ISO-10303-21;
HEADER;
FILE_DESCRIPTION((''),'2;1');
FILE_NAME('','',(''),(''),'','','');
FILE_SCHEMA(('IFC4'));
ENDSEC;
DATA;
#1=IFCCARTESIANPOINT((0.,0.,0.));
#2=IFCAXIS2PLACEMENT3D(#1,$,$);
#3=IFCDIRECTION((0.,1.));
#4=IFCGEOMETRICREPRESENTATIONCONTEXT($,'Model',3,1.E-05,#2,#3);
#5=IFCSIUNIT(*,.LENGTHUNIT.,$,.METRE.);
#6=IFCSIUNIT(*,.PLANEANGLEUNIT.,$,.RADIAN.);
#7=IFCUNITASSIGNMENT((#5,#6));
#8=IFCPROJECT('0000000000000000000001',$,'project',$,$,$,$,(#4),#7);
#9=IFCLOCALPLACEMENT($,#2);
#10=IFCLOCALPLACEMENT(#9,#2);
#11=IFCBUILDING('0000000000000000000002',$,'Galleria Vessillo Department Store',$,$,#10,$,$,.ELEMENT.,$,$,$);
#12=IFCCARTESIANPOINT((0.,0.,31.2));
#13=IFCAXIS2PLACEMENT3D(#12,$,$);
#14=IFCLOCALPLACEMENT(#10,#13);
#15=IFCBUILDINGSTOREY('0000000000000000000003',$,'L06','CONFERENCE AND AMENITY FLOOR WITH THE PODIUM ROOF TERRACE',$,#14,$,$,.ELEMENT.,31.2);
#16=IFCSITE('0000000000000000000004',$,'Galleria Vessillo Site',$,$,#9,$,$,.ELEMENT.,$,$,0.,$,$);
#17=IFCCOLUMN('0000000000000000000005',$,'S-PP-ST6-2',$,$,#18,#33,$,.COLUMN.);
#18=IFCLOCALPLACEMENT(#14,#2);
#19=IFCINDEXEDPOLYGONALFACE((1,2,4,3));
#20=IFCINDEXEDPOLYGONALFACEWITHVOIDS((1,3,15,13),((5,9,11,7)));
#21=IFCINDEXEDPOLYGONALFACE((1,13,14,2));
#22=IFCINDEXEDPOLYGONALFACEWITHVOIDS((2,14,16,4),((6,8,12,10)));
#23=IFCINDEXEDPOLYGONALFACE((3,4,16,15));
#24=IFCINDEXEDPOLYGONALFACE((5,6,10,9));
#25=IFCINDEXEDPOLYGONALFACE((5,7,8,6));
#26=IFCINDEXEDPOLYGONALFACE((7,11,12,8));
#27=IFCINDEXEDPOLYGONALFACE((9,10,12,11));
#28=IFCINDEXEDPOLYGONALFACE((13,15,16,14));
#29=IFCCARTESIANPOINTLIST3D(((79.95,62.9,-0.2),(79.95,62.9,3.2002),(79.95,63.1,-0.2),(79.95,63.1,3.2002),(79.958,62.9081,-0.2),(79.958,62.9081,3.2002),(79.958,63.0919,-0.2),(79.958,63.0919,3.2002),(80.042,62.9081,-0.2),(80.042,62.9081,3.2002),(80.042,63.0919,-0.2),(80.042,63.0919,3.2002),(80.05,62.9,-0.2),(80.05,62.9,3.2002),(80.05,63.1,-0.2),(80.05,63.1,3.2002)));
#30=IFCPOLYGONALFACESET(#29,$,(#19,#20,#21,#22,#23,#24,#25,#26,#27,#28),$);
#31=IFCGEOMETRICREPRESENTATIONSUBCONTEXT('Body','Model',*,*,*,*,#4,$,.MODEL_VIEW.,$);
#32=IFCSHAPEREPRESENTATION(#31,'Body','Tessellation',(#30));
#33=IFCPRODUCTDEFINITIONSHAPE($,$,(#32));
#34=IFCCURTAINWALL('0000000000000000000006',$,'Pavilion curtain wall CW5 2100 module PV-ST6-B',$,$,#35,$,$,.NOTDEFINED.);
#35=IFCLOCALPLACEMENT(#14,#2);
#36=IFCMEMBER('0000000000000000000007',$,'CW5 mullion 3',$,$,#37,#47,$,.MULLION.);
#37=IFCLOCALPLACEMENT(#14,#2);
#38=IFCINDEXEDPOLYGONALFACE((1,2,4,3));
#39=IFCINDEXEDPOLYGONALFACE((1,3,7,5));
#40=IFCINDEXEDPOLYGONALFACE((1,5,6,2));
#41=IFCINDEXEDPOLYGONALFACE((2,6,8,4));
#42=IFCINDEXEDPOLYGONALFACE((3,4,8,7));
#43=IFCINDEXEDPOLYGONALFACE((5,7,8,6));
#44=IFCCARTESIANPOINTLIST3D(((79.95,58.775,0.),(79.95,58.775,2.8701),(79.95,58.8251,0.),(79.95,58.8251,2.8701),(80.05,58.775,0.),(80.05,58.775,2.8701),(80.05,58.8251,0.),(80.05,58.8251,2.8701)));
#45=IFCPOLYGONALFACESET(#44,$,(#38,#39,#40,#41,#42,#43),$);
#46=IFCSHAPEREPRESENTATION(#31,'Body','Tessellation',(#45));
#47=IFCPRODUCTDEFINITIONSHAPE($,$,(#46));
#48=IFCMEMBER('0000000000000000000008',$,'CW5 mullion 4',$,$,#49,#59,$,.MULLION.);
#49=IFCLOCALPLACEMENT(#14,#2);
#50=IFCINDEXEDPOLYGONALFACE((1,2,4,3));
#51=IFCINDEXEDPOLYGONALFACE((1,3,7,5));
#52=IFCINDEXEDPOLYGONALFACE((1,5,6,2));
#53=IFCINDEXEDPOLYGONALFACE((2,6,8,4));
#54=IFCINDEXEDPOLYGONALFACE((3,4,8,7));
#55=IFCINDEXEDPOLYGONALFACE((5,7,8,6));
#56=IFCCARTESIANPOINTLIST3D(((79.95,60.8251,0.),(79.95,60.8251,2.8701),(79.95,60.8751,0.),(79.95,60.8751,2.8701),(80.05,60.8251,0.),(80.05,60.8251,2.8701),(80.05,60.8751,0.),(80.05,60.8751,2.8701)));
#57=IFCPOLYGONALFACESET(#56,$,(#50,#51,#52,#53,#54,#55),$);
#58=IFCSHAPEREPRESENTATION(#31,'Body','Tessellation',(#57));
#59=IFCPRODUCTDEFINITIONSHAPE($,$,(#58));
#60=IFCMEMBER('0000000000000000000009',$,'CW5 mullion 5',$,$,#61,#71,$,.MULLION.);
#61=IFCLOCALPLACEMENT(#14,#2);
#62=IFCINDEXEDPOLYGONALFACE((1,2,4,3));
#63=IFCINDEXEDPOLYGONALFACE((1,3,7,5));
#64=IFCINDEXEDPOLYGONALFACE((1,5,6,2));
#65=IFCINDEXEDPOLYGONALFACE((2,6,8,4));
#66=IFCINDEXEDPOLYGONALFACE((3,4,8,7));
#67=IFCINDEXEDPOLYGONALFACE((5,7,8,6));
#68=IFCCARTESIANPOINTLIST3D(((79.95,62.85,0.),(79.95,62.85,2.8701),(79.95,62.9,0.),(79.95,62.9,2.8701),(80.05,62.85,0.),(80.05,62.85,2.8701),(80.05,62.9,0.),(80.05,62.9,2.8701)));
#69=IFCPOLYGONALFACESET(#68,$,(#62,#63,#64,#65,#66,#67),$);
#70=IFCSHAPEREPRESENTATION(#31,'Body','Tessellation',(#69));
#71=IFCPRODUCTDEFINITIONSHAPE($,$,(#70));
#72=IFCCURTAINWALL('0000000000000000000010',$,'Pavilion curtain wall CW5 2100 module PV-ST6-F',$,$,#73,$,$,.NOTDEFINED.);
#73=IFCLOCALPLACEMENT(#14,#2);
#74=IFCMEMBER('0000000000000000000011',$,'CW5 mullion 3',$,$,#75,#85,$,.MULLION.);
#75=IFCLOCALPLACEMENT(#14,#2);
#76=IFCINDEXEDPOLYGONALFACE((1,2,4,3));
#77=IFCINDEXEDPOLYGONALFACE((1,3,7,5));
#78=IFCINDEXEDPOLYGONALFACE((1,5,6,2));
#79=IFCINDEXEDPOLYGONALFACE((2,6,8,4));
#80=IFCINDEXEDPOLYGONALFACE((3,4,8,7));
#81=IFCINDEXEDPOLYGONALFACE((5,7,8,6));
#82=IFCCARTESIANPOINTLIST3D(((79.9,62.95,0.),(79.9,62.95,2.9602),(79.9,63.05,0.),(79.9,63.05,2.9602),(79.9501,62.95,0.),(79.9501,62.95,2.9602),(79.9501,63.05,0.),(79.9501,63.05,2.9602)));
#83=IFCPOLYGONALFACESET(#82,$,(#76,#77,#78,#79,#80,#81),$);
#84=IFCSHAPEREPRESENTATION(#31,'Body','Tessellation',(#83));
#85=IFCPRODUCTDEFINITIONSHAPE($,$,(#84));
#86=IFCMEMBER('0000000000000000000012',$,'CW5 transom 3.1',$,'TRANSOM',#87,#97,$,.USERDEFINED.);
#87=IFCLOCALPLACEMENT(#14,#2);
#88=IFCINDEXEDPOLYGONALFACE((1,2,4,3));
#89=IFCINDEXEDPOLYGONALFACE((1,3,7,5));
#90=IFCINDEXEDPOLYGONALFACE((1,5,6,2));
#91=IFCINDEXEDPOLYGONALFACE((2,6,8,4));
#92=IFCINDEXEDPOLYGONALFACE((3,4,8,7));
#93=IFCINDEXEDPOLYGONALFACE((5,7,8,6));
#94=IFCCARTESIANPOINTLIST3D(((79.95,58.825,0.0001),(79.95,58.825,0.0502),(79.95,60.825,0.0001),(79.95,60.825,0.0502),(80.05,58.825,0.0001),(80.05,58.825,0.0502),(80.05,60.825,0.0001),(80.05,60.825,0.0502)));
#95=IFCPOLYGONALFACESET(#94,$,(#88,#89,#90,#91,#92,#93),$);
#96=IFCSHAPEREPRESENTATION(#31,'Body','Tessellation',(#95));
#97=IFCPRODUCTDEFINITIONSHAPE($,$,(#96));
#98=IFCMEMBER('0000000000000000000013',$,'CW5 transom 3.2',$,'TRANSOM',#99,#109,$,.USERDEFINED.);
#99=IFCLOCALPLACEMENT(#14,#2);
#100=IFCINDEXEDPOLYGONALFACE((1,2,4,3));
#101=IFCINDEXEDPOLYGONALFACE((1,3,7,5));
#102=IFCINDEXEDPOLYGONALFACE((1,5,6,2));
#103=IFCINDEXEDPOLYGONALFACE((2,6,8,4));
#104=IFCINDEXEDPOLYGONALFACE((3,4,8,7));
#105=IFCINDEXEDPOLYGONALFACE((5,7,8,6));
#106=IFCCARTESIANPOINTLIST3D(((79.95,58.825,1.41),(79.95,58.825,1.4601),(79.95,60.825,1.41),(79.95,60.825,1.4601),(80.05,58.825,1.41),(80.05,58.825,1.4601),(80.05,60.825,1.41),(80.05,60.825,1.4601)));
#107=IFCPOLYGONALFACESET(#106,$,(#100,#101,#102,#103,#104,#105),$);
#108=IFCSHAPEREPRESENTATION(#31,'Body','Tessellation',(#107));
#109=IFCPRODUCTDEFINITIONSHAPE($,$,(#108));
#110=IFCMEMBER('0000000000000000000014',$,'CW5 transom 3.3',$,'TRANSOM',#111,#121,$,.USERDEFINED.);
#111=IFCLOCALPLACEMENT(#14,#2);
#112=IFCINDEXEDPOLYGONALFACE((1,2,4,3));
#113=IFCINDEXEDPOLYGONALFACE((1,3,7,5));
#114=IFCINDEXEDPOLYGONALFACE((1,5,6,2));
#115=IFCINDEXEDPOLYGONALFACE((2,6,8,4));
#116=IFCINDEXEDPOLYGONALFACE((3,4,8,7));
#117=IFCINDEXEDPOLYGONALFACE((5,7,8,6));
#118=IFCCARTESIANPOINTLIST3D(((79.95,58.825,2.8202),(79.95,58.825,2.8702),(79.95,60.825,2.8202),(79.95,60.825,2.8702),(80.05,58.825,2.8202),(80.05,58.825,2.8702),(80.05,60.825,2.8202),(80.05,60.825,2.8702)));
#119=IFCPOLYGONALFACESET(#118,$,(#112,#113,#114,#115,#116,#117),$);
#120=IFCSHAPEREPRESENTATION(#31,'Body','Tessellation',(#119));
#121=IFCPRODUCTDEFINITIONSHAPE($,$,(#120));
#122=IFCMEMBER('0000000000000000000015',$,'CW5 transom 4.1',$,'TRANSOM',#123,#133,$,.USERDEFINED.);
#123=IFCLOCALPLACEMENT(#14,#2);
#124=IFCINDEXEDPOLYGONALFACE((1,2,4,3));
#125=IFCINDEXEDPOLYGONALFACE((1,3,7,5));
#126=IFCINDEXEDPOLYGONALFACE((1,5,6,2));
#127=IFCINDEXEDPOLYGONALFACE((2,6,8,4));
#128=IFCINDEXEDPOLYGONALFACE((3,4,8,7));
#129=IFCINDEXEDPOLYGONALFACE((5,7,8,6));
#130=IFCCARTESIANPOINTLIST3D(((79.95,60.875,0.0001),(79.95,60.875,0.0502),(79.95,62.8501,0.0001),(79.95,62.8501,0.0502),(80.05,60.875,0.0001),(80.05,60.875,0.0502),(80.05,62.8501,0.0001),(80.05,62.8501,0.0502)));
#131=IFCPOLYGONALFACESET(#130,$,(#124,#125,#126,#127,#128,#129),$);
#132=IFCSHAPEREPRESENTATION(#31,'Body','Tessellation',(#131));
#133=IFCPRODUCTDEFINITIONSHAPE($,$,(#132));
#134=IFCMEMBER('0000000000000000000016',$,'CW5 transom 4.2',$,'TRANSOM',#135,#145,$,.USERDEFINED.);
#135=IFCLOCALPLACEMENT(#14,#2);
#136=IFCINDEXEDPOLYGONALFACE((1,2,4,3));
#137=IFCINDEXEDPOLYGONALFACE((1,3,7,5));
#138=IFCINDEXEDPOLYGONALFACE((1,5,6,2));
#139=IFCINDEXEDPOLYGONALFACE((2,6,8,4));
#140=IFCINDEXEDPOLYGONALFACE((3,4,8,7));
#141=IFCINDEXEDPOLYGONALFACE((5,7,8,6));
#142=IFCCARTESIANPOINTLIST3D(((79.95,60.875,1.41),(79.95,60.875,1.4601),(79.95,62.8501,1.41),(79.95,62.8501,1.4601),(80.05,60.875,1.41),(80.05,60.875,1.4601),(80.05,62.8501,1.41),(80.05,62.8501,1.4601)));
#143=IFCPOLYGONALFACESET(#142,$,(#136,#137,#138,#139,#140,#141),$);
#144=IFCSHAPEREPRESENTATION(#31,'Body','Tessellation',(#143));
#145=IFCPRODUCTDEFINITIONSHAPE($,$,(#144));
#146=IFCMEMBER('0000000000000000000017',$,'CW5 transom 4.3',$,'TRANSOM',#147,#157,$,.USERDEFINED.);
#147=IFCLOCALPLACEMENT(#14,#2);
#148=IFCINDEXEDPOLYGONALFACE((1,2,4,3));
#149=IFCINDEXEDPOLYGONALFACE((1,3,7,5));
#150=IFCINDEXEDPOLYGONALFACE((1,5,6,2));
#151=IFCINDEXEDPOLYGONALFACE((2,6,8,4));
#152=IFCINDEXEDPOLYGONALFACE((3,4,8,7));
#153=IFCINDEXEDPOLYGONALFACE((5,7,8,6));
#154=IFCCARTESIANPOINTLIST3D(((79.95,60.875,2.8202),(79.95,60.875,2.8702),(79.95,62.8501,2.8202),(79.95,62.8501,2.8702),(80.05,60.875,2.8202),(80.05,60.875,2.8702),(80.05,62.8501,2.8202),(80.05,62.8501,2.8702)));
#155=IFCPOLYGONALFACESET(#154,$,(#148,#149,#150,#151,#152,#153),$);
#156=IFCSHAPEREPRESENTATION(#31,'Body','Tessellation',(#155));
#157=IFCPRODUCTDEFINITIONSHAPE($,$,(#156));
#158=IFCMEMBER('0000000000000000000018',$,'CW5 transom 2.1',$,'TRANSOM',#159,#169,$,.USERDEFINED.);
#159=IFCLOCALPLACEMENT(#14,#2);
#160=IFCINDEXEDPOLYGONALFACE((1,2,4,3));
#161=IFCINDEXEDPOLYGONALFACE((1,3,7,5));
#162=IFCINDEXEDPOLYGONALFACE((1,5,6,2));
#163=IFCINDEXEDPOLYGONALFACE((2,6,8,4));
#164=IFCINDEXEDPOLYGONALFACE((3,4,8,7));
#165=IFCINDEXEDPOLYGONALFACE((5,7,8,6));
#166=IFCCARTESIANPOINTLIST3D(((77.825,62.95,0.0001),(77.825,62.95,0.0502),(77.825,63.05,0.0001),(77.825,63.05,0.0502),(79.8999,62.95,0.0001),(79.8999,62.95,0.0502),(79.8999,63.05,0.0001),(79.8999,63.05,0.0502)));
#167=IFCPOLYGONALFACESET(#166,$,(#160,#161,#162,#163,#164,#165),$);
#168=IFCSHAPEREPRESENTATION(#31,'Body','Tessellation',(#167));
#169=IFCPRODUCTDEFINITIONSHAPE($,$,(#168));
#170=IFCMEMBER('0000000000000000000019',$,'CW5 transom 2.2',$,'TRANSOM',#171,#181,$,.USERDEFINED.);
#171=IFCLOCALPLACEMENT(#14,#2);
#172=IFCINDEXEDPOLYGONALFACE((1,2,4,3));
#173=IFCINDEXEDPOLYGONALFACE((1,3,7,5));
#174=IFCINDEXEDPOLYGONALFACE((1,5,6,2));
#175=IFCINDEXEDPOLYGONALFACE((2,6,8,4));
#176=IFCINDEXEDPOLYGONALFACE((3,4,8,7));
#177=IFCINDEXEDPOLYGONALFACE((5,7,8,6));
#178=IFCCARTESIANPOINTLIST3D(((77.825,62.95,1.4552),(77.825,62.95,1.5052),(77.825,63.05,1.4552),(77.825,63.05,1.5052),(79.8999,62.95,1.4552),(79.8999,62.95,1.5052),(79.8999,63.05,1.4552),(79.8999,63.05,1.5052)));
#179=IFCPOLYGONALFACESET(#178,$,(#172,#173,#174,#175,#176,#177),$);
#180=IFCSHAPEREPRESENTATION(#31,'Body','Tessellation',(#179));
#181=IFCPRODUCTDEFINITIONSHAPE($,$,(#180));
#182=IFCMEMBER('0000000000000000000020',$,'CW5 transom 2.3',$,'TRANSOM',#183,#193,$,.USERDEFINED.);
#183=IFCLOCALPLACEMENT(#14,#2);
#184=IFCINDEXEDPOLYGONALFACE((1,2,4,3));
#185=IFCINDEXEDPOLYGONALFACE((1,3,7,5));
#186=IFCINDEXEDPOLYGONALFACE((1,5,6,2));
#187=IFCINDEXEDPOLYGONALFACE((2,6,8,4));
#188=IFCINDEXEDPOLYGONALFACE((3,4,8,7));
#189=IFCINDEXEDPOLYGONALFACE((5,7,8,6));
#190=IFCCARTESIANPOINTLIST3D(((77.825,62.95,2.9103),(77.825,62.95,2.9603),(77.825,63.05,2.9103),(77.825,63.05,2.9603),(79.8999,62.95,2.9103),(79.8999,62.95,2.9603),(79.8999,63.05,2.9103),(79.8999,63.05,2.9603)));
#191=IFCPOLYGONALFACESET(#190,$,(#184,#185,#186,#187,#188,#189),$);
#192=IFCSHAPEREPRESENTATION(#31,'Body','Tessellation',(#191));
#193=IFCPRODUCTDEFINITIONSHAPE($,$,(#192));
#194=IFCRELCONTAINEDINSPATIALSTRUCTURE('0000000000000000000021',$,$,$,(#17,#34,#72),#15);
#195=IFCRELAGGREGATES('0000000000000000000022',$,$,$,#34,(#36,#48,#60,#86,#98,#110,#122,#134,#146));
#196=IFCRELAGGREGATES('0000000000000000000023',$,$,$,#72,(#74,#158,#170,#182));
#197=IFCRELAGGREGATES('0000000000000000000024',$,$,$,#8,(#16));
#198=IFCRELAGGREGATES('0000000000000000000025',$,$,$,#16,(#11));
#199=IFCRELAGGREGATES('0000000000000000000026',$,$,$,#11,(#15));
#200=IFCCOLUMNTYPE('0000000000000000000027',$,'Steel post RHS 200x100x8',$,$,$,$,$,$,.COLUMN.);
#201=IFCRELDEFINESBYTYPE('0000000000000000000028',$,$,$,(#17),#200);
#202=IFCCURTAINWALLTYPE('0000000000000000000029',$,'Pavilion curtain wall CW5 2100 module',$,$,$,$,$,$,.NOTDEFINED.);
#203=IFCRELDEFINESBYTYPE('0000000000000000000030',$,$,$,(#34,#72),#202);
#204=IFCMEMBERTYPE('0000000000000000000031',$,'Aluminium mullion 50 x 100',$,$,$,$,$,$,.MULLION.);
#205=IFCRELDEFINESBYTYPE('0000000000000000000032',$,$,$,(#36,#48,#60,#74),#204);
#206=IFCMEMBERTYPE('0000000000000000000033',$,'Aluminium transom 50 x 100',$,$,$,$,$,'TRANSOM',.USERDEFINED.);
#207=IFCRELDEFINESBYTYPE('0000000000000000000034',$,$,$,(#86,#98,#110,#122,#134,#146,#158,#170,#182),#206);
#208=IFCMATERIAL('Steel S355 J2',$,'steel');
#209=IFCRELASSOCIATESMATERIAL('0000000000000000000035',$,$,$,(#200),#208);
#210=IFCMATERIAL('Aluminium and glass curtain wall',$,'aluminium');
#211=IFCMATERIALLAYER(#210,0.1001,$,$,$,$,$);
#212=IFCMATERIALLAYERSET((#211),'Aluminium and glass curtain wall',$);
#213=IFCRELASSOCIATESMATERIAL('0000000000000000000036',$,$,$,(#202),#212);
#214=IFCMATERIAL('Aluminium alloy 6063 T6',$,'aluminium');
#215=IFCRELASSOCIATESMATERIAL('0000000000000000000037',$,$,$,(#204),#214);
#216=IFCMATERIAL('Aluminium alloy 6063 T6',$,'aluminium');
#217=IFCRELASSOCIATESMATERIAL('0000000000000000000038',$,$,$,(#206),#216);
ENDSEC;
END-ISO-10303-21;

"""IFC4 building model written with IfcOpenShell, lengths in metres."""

from ifc_helpers import new_model, si_unit, direction, frame, origin, origin_2d, place, context, subcontext, project, spatial, rectangle, hollow_rectangle, extrude, material, layer, layer_set, material_profile, profile_set, type_object, element, aggregate, save


model = new_model("IFC4")

# Units and contexts
model_context = context("Model", 3, precision=1e-05, world=origin(), true_north=direction((0.0, 1.0)))
body_context = subcontext(model_context, "Body", "Model", "MODEL_VIEW")
ifc_project = project(units=[si_unit("LENGTHUNIT", "METRE"), si_unit("PLANEANGLEUNIT", "RADIAN")], contexts=[model_context])

# Site, building, storey
site_placement = place(None, origin())
site = spatial("IfcSite", under=ifc_project, at=site_placement, Name="Galleria Vessillo Site", CompositionType="ELEMENT", RefElevation=0.0)
building_placement = place(site_placement, origin())
building = spatial("IfcBuilding", under=site, at=building_placement, Name="Galleria Vessillo Department Store", CompositionType="ELEMENT")
storey_placement = place(building_placement, frame((0.0, 0.0, 31.2)))
storey = spatial("IfcBuildingStorey", under=building, at=storey_placement, Name="L06", Description="CONFERENCE AND AMENITY FLOOR WITH THE PODIUM ROOF TERRACE", CompositionType="ELEMENT", Elevation=31.2)

# Column
ifc_material_1 = material(Name="Steel S355 J2", Category="steel")
ifc_material_profile_1 = material_profile(ifc_material_1, hollow_rectangle(XDim=0.1001, YDim=0.2, WallThickness=0.0081, at=origin_2d()), Name="RHS 200x100x8")
ifc_profile_set_1 = profile_set([ifc_material_profile_1], Name="Steel S355 J2")
column_type = type_object("IfcColumnType", Name="Steel post RHS 200x100x8", PredefinedType="COLUMN", material=ifc_profile_set_1)
column_placement = place(storey_placement, frame((80.0, 63.0, -0.2), z_axis=(0.0, 0.0, 1.0), x_axis=(1.0, 0.0, 0.0)))
element("IfcColumn", 1, at=column_placement, inside=storey, type_object=column_type, Name="S-PP-ST6-2", PredefinedType="COLUMN", context=body_context, shape_type="SweptSolid", body=[
    extrude(hollow_rectangle(XDim=0.1001, YDim=0.2, WallThickness=0.0081, at=origin_2d()), origin(), (0.0, 0.0, 1.0), 3.4001),
])

# Curtain wall, members
ifc_material_2 = material(Name="Aluminium and glass curtain wall", Category="aluminium")
ifc_layer_1 = layer(ifc_material_2, 0.1001)
ifc_layer_set_1 = layer_set([ifc_layer_1], Name="Aluminium and glass curtain wall")
curtain_wall_type = type_object("IfcCurtainWallType", Name="Pavilion curtain wall CW5 2100 module", PredefinedType="NOTDEFINED", material=ifc_layer_set_1)
curtain_wall_1_placement = place(storey_placement, origin())
curtain_wall_1 = element("IfcCurtainWall", 2, at=curtain_wall_1_placement, inside=storey, type_object=curtain_wall_type, Name="Pavilion curtain wall CW5 2100 module PV-ST6-B", PredefinedType="NOTDEFINED")
ifc_material_3 = material(Name="Aluminium alloy 6063 T6", Category="aluminium")
ifc_material_profile_2 = material_profile(ifc_material_3, rectangle(XDim=0.1001, YDim=0.05, at=origin_2d()), Name="AL 50x100")
ifc_profile_set_2 = profile_set([ifc_material_profile_2], Name="Aluminium alloy 6063 T6")
member_type_1 = type_object("IfcMemberType", Name="Aluminium mullion 50 x 100", PredefinedType="MULLION", material=ifc_profile_set_2)
member_1_placement = place(storey_placement, frame((80.0, 58.8, 0.0), z_axis=(0.0, 0.0, 1.0), x_axis=(-1.0, 0.0, 0.0)))
member_1 = element("IfcMember", 3, at=member_1_placement, type_object=member_type_1, Name="CW5 mullion 3", PredefinedType="MULLION", context=body_context, shape_type="SweptSolid", body=[
    extrude(rectangle(XDim=0.1001, YDim=0.05, at=origin_2d()), origin(), (0.0, 0.0, 1.0), 2.8701),
])
member_2_placement = place(storey_placement, frame((80.0, 60.8501, 0.0), z_axis=(0.0, 0.0, 1.0), x_axis=(-1.0, 0.0, 0.0)))
member_2 = element("IfcMember", 4, at=member_2_placement, type_object=member_type_1, Name="CW5 mullion 4", PredefinedType="MULLION", context=body_context, shape_type="SweptSolid", body=[
    extrude(rectangle(XDim=0.1001, YDim=0.05, at=origin_2d()), origin(), (0.0, 0.0, 1.0), 2.8701),
])
member_3_placement = place(storey_placement, frame((80.0, 62.875, 0.0), z_axis=(0.0, 0.0, 1.0), x_axis=(-1.0, 0.0, 0.0)))
member_3 = element("IfcMember", 5, at=member_3_placement, type_object=member_type_1, Name="CW5 mullion 5", PredefinedType="MULLION", context=body_context, shape_type="SweptSolid", body=[
    extrude(rectangle(XDim=0.1001, YDim=0.05, at=origin_2d()), origin(), (0.0, 0.0, 1.0), 2.8701),
])

# Curtain wall, member
curtain_wall_2_placement = place(storey_placement, origin())
curtain_wall_2 = element("IfcCurtainWall", 6, at=curtain_wall_2_placement, inside=storey, type_object=curtain_wall_type, Name="Pavilion curtain wall CW5 2100 module PV-ST6-F", PredefinedType="NOTDEFINED")
member_4_placement = place(storey_placement, frame((79.925, 63.0, 0.0), z_axis=(0.0, 0.0, 1.0), x_axis=(0.0, 1.0, 0.0)))
member_4 = element("IfcMember", 7, at=member_4_placement, type_object=member_type_1, Name="CW5 mullion 3", PredefinedType="MULLION", context=body_context, shape_type="SweptSolid", body=[
    extrude(rectangle(XDim=0.1001, YDim=0.05, at=origin_2d()), origin(), (0.0, 0.0, 1.0), 2.9602),
])

# Members
ifc_material_4 = material(Name="Aluminium alloy 6063 T6", Category="aluminium")
ifc_material_profile_3 = material_profile(ifc_material_4, rectangle(XDim=0.1001, YDim=0.05, at=origin_2d()), Name="AL 50x100")
ifc_profile_set_3 = profile_set([ifc_material_profile_3], Name="Aluminium alloy 6063 T6")
member_type_2 = type_object("IfcMemberType", Name="Aluminium transom 50 x 100", ElementType="TRANSOM", PredefinedType="USERDEFINED", material=ifc_profile_set_3)
member_5_placement = place(storey_placement, frame((80.0, 58.825, 0.0251), z_axis=(0.0, 1.0, 0.0), x_axis=(-1.0, 0.0, 0.0)))
member_5 = element("IfcMember", 8, at=member_5_placement, type_object=member_type_2, Name="CW5 transom 3.1", ObjectType="TRANSOM", PredefinedType="USERDEFINED", context=body_context, shape_type="SweptSolid", body=[
    extrude(rectangle(XDim=0.1001, YDim=0.05, at=origin_2d()), origin(), (0.0, 0.0, 1.0), 2.0),
])
member_6_placement = place(storey_placement, frame((80.0, 58.825, 1.4351), z_axis=(0.0, 1.0, 0.0), x_axis=(-1.0, 0.0, 0.0)))
member_6 = element("IfcMember", 9, at=member_6_placement, type_object=member_type_2, Name="CW5 transom 3.2", ObjectType="TRANSOM", PredefinedType="USERDEFINED", context=body_context, shape_type="SweptSolid", body=[
    extrude(rectangle(XDim=0.1001, YDim=0.05, at=origin_2d()), origin(), (0.0, 0.0, 1.0), 2.0),
])
member_7_placement = place(storey_placement, frame((80.0, 58.825, 2.8452), z_axis=(0.0, 1.0, 0.0), x_axis=(-1.0, 0.0, 0.0)))
member_7 = element("IfcMember", 10, at=member_7_placement, type_object=member_type_2, Name="CW5 transom 3.3", ObjectType="TRANSOM", PredefinedType="USERDEFINED", context=body_context, shape_type="SweptSolid", body=[
    extrude(rectangle(XDim=0.1001, YDim=0.05, at=origin_2d()), origin(), (0.0, 0.0, 1.0), 2.0),
])
member_8_placement = place(storey_placement, frame((80.0, 60.875, 0.0251), z_axis=(0.0, 1.0, 0.0), x_axis=(-1.0, 0.0, 0.0)))
member_8 = element("IfcMember", 11, at=member_8_placement, type_object=member_type_2, Name="CW5 transom 4.1", ObjectType="TRANSOM", PredefinedType="USERDEFINED", context=body_context, shape_type="SweptSolid", body=[
    extrude(rectangle(XDim=0.1001, YDim=0.05, at=origin_2d()), origin(), (0.0, 0.0, 1.0), 1.9751),
])
member_9_placement = place(storey_placement, frame((80.0, 60.875, 1.4351), z_axis=(0.0, 1.0, 0.0), x_axis=(-1.0, 0.0, 0.0)))
member_9 = element("IfcMember", 12, at=member_9_placement, type_object=member_type_2, Name="CW5 transom 4.2", ObjectType="TRANSOM", PredefinedType="USERDEFINED", context=body_context, shape_type="SweptSolid", body=[
    extrude(rectangle(XDim=0.1001, YDim=0.05, at=origin_2d()), origin(), (0.0, 0.0, 1.0), 1.9751),
])
member_10_placement = place(storey_placement, frame((80.0, 60.875, 2.8452), z_axis=(0.0, 1.0, 0.0), x_axis=(-1.0, 0.0, 0.0)))
member_10 = element("IfcMember", 13, at=member_10_placement, type_object=member_type_2, Name="CW5 transom 4.3", ObjectType="TRANSOM", PredefinedType="USERDEFINED", context=body_context, shape_type="SweptSolid", body=[
    extrude(rectangle(XDim=0.1001, YDim=0.05, at=origin_2d()), origin(), (0.0, 0.0, 1.0), 1.9751),
])
member_11_placement = place(storey_placement, frame((77.825, 63.0, 0.0251), z_axis=(1.0, 0.0, 0.0), x_axis=(0.0, 1.0, 0.0)))
member_11 = element("IfcMember", 14, at=member_11_placement, type_object=member_type_2, Name="CW5 transom 2.1", ObjectType="TRANSOM", PredefinedType="USERDEFINED", context=body_context, shape_type="SweptSolid", body=[
    extrude(rectangle(XDim=0.1001, YDim=0.05, at=origin_2d()), origin(), (0.0, 0.0, 1.0), 2.075),
])
member_12_placement = place(storey_placement, frame((77.825, 63.0, 1.4802), z_axis=(1.0, 0.0, 0.0), x_axis=(0.0, 1.0, 0.0)))
member_12 = element("IfcMember", 15, at=member_12_placement, type_object=member_type_2, Name="CW5 transom 2.2", ObjectType="TRANSOM", PredefinedType="USERDEFINED", context=body_context, shape_type="SweptSolid", body=[
    extrude(rectangle(XDim=0.1001, YDim=0.05, at=origin_2d()), origin(), (0.0, 0.0, 1.0), 2.075),
])
member_13_placement = place(storey_placement, frame((77.825, 63.0, 2.9353), z_axis=(1.0, 0.0, 0.0), x_axis=(0.0, 1.0, 0.0)))
member_13 = element("IfcMember", 16, at=member_13_placement, type_object=member_type_2, Name="CW5 transom 2.3", ObjectType="TRANSOM", PredefinedType="USERDEFINED", context=body_context, shape_type="SweptSolid", body=[
    extrude(rectangle(XDim=0.1001, YDim=0.05, at=origin_2d()), origin(), (0.0, 0.0, 1.0), 2.075),
])

aggregate(curtain_wall_1, [member_1, member_2, member_3, member_5, member_6, member_7, member_8, member_9, member_10])
aggregate(curtain_wall_2, [member_4, member_11, member_12, member_13])

save(model, "model.ifc")
